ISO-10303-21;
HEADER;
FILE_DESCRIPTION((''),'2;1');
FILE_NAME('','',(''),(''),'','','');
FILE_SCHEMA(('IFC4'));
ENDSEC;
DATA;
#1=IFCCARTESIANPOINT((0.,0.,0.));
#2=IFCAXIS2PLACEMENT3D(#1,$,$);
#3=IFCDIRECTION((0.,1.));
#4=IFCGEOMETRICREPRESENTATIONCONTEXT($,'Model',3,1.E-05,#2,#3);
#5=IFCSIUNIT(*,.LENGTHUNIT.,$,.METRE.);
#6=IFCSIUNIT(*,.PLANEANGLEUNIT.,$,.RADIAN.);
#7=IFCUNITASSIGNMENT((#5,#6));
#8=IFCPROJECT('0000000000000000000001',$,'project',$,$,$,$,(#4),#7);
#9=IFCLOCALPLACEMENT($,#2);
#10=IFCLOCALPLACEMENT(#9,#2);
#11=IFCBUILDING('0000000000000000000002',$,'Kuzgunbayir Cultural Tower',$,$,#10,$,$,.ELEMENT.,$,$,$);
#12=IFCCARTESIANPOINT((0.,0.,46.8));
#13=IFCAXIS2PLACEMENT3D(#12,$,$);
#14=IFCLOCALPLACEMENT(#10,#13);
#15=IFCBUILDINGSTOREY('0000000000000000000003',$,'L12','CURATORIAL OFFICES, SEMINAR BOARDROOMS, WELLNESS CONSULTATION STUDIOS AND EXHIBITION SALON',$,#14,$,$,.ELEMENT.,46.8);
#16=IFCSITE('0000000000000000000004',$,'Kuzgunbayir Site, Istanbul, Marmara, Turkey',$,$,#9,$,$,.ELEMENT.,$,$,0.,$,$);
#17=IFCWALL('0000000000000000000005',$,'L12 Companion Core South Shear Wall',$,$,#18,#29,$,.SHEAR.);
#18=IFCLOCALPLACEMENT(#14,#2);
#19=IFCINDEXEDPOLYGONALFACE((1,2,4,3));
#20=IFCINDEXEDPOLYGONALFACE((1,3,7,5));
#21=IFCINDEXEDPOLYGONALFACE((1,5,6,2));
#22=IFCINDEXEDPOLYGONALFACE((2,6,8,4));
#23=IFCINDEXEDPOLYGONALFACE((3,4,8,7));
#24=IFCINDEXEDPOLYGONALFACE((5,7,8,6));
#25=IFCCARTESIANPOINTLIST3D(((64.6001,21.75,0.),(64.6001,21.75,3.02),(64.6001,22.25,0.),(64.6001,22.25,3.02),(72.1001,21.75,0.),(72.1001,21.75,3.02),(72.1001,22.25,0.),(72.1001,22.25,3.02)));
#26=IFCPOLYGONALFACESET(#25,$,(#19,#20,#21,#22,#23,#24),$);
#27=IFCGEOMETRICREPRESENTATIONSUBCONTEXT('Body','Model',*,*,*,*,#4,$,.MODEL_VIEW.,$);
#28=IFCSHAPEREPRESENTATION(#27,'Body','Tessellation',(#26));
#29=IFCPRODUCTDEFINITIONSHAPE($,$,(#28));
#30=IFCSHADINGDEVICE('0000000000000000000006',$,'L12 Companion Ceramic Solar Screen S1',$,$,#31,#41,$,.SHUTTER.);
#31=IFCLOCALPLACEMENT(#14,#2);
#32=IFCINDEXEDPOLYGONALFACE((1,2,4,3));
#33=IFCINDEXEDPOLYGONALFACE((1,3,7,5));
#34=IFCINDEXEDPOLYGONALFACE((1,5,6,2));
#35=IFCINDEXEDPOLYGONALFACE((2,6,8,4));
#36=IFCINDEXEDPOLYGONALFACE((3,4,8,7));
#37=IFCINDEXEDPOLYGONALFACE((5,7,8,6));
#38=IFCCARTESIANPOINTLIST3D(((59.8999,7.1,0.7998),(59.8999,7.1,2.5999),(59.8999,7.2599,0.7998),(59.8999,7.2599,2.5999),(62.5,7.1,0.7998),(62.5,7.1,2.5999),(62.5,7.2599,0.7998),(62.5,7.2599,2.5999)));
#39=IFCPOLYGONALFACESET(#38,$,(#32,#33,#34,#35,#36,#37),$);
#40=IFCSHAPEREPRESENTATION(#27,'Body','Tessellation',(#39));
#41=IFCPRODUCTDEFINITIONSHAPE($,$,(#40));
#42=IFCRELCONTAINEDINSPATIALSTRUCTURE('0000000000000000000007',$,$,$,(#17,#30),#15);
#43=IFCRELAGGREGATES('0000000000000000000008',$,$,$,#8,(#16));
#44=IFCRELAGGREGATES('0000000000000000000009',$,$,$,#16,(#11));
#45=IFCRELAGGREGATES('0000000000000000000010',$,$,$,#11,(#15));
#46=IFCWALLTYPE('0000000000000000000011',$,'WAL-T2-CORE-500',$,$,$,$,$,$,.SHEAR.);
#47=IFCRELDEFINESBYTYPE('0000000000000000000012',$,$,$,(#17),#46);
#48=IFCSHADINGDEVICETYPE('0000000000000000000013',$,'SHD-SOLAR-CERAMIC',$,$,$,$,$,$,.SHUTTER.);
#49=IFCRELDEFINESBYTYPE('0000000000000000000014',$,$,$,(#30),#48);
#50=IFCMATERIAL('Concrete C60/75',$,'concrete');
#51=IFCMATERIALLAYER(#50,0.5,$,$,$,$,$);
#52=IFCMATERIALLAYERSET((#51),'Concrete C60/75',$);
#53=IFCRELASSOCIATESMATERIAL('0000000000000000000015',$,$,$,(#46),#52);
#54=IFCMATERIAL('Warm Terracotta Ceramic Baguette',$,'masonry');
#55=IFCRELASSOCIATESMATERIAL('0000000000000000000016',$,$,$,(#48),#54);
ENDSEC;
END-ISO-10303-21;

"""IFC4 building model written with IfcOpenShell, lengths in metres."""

from ifc_helpers import new_model, si_unit, direction, frame, frame_2d, origin, origin_2d, place, context, subcontext, project, spatial, rectangle, extrude, material, layer, layer_set, type_object, element, save


model = new_model("IFC4")

# Units and contexts
model_context = context("Model", 3, precision=1e-05, world=origin(), true_north=direction((0.0, 1.0)))
body_context = subcontext(model_context, "Body", "Model", "MODEL_VIEW")
ifc_project = project(units=[si_unit("LENGTHUNIT", "METRE"), si_unit("PLANEANGLEUNIT", "RADIAN")], contexts=[model_context])

# Site, building, storey
site_placement = place(None, origin())
site = spatial("IfcSite", under=ifc_project, at=site_placement, Name="Kuzgunbayir Site, Istanbul, Marmara, Turkey", CompositionType="ELEMENT", RefElevation=0.0)
building_placement = place(site_placement, origin())
building = spatial("IfcBuilding", under=site, at=building_placement, Name="Kuzgunbayir Cultural Tower", CompositionType="ELEMENT")
storey_placement = place(building_placement, frame((0.0, 0.0, 46.8)))
storey = spatial("IfcBuildingStorey", under=building, at=storey_placement, Name="L12", Description="CURATORIAL OFFICES, SEMINAR BOARDROOMS, WELLNESS CONSULTATION STUDIOS AND EXHIBITION SALON", CompositionType="ELEMENT", Elevation=46.8)

# Shared definitions
ifc_material_1 = material(Name="Concrete C60/75", Category="concrete")

# Wall
ifc_layer_1 = layer(ifc_material_1, 0.5)
ifc_layer_set_1 = layer_set([ifc_layer_1], Name="Concrete C60/75")
wall_type_1 = type_object("IfcWallType", Name="WAL-T2-CORE-500", PredefinedType="SHEAR", material=ifc_layer_set_1)
wall_1_placement = place(storey_placement, frame((64.6001, 22.0, 0.0), z_axis=(0.0, 0.0, 1.0), x_axis=(1.0, 0.0, 0.0)))
element("IfcWall", 1, at=wall_1_placement, inside=storey, type_object=wall_type_1, Name="L12 Companion Core South Shear Wall", PredefinedType="SHEAR", context=body_context, shape_type="SweptSolid", body=[
    extrude(rectangle(XDim=7.5, YDim=0.5, at=frame_2d((3.75, 0.0))), origin(), (0.0, 0.0, 1.0), 3.02),
])

# Shading device
ifc_material_2 = material(Name="Warm Terracotta Ceramic Baguette", Category="masonry")
shading_device_type = type_object("IfcShadingDeviceType", Name="SHD-SOLAR-CERAMIC", PredefinedType="SHUTTER", material=ifc_material_2)
shading_device_placement = place(storey_placement, frame((61.2, 7.1799, 0.7998), z_axis=(0.0, 0.0, 1.0), x_axis=(1.0, 0.0, 0.0)))
element("IfcShadingDevice", 2, at=shading_device_placement, inside=storey, type_object=shading_device_type, Name="L12 Companion Ceramic Solar Screen S1", PredefinedType="SHUTTER", context=body_context, shape_type="SweptSolid", body=[
    extrude(rectangle(XDim=2.6001, YDim=0.1599, at=origin_2d()), origin(), (0.0, 0.0, 1.0), 1.8),
])

save(model, "model.ifc")
